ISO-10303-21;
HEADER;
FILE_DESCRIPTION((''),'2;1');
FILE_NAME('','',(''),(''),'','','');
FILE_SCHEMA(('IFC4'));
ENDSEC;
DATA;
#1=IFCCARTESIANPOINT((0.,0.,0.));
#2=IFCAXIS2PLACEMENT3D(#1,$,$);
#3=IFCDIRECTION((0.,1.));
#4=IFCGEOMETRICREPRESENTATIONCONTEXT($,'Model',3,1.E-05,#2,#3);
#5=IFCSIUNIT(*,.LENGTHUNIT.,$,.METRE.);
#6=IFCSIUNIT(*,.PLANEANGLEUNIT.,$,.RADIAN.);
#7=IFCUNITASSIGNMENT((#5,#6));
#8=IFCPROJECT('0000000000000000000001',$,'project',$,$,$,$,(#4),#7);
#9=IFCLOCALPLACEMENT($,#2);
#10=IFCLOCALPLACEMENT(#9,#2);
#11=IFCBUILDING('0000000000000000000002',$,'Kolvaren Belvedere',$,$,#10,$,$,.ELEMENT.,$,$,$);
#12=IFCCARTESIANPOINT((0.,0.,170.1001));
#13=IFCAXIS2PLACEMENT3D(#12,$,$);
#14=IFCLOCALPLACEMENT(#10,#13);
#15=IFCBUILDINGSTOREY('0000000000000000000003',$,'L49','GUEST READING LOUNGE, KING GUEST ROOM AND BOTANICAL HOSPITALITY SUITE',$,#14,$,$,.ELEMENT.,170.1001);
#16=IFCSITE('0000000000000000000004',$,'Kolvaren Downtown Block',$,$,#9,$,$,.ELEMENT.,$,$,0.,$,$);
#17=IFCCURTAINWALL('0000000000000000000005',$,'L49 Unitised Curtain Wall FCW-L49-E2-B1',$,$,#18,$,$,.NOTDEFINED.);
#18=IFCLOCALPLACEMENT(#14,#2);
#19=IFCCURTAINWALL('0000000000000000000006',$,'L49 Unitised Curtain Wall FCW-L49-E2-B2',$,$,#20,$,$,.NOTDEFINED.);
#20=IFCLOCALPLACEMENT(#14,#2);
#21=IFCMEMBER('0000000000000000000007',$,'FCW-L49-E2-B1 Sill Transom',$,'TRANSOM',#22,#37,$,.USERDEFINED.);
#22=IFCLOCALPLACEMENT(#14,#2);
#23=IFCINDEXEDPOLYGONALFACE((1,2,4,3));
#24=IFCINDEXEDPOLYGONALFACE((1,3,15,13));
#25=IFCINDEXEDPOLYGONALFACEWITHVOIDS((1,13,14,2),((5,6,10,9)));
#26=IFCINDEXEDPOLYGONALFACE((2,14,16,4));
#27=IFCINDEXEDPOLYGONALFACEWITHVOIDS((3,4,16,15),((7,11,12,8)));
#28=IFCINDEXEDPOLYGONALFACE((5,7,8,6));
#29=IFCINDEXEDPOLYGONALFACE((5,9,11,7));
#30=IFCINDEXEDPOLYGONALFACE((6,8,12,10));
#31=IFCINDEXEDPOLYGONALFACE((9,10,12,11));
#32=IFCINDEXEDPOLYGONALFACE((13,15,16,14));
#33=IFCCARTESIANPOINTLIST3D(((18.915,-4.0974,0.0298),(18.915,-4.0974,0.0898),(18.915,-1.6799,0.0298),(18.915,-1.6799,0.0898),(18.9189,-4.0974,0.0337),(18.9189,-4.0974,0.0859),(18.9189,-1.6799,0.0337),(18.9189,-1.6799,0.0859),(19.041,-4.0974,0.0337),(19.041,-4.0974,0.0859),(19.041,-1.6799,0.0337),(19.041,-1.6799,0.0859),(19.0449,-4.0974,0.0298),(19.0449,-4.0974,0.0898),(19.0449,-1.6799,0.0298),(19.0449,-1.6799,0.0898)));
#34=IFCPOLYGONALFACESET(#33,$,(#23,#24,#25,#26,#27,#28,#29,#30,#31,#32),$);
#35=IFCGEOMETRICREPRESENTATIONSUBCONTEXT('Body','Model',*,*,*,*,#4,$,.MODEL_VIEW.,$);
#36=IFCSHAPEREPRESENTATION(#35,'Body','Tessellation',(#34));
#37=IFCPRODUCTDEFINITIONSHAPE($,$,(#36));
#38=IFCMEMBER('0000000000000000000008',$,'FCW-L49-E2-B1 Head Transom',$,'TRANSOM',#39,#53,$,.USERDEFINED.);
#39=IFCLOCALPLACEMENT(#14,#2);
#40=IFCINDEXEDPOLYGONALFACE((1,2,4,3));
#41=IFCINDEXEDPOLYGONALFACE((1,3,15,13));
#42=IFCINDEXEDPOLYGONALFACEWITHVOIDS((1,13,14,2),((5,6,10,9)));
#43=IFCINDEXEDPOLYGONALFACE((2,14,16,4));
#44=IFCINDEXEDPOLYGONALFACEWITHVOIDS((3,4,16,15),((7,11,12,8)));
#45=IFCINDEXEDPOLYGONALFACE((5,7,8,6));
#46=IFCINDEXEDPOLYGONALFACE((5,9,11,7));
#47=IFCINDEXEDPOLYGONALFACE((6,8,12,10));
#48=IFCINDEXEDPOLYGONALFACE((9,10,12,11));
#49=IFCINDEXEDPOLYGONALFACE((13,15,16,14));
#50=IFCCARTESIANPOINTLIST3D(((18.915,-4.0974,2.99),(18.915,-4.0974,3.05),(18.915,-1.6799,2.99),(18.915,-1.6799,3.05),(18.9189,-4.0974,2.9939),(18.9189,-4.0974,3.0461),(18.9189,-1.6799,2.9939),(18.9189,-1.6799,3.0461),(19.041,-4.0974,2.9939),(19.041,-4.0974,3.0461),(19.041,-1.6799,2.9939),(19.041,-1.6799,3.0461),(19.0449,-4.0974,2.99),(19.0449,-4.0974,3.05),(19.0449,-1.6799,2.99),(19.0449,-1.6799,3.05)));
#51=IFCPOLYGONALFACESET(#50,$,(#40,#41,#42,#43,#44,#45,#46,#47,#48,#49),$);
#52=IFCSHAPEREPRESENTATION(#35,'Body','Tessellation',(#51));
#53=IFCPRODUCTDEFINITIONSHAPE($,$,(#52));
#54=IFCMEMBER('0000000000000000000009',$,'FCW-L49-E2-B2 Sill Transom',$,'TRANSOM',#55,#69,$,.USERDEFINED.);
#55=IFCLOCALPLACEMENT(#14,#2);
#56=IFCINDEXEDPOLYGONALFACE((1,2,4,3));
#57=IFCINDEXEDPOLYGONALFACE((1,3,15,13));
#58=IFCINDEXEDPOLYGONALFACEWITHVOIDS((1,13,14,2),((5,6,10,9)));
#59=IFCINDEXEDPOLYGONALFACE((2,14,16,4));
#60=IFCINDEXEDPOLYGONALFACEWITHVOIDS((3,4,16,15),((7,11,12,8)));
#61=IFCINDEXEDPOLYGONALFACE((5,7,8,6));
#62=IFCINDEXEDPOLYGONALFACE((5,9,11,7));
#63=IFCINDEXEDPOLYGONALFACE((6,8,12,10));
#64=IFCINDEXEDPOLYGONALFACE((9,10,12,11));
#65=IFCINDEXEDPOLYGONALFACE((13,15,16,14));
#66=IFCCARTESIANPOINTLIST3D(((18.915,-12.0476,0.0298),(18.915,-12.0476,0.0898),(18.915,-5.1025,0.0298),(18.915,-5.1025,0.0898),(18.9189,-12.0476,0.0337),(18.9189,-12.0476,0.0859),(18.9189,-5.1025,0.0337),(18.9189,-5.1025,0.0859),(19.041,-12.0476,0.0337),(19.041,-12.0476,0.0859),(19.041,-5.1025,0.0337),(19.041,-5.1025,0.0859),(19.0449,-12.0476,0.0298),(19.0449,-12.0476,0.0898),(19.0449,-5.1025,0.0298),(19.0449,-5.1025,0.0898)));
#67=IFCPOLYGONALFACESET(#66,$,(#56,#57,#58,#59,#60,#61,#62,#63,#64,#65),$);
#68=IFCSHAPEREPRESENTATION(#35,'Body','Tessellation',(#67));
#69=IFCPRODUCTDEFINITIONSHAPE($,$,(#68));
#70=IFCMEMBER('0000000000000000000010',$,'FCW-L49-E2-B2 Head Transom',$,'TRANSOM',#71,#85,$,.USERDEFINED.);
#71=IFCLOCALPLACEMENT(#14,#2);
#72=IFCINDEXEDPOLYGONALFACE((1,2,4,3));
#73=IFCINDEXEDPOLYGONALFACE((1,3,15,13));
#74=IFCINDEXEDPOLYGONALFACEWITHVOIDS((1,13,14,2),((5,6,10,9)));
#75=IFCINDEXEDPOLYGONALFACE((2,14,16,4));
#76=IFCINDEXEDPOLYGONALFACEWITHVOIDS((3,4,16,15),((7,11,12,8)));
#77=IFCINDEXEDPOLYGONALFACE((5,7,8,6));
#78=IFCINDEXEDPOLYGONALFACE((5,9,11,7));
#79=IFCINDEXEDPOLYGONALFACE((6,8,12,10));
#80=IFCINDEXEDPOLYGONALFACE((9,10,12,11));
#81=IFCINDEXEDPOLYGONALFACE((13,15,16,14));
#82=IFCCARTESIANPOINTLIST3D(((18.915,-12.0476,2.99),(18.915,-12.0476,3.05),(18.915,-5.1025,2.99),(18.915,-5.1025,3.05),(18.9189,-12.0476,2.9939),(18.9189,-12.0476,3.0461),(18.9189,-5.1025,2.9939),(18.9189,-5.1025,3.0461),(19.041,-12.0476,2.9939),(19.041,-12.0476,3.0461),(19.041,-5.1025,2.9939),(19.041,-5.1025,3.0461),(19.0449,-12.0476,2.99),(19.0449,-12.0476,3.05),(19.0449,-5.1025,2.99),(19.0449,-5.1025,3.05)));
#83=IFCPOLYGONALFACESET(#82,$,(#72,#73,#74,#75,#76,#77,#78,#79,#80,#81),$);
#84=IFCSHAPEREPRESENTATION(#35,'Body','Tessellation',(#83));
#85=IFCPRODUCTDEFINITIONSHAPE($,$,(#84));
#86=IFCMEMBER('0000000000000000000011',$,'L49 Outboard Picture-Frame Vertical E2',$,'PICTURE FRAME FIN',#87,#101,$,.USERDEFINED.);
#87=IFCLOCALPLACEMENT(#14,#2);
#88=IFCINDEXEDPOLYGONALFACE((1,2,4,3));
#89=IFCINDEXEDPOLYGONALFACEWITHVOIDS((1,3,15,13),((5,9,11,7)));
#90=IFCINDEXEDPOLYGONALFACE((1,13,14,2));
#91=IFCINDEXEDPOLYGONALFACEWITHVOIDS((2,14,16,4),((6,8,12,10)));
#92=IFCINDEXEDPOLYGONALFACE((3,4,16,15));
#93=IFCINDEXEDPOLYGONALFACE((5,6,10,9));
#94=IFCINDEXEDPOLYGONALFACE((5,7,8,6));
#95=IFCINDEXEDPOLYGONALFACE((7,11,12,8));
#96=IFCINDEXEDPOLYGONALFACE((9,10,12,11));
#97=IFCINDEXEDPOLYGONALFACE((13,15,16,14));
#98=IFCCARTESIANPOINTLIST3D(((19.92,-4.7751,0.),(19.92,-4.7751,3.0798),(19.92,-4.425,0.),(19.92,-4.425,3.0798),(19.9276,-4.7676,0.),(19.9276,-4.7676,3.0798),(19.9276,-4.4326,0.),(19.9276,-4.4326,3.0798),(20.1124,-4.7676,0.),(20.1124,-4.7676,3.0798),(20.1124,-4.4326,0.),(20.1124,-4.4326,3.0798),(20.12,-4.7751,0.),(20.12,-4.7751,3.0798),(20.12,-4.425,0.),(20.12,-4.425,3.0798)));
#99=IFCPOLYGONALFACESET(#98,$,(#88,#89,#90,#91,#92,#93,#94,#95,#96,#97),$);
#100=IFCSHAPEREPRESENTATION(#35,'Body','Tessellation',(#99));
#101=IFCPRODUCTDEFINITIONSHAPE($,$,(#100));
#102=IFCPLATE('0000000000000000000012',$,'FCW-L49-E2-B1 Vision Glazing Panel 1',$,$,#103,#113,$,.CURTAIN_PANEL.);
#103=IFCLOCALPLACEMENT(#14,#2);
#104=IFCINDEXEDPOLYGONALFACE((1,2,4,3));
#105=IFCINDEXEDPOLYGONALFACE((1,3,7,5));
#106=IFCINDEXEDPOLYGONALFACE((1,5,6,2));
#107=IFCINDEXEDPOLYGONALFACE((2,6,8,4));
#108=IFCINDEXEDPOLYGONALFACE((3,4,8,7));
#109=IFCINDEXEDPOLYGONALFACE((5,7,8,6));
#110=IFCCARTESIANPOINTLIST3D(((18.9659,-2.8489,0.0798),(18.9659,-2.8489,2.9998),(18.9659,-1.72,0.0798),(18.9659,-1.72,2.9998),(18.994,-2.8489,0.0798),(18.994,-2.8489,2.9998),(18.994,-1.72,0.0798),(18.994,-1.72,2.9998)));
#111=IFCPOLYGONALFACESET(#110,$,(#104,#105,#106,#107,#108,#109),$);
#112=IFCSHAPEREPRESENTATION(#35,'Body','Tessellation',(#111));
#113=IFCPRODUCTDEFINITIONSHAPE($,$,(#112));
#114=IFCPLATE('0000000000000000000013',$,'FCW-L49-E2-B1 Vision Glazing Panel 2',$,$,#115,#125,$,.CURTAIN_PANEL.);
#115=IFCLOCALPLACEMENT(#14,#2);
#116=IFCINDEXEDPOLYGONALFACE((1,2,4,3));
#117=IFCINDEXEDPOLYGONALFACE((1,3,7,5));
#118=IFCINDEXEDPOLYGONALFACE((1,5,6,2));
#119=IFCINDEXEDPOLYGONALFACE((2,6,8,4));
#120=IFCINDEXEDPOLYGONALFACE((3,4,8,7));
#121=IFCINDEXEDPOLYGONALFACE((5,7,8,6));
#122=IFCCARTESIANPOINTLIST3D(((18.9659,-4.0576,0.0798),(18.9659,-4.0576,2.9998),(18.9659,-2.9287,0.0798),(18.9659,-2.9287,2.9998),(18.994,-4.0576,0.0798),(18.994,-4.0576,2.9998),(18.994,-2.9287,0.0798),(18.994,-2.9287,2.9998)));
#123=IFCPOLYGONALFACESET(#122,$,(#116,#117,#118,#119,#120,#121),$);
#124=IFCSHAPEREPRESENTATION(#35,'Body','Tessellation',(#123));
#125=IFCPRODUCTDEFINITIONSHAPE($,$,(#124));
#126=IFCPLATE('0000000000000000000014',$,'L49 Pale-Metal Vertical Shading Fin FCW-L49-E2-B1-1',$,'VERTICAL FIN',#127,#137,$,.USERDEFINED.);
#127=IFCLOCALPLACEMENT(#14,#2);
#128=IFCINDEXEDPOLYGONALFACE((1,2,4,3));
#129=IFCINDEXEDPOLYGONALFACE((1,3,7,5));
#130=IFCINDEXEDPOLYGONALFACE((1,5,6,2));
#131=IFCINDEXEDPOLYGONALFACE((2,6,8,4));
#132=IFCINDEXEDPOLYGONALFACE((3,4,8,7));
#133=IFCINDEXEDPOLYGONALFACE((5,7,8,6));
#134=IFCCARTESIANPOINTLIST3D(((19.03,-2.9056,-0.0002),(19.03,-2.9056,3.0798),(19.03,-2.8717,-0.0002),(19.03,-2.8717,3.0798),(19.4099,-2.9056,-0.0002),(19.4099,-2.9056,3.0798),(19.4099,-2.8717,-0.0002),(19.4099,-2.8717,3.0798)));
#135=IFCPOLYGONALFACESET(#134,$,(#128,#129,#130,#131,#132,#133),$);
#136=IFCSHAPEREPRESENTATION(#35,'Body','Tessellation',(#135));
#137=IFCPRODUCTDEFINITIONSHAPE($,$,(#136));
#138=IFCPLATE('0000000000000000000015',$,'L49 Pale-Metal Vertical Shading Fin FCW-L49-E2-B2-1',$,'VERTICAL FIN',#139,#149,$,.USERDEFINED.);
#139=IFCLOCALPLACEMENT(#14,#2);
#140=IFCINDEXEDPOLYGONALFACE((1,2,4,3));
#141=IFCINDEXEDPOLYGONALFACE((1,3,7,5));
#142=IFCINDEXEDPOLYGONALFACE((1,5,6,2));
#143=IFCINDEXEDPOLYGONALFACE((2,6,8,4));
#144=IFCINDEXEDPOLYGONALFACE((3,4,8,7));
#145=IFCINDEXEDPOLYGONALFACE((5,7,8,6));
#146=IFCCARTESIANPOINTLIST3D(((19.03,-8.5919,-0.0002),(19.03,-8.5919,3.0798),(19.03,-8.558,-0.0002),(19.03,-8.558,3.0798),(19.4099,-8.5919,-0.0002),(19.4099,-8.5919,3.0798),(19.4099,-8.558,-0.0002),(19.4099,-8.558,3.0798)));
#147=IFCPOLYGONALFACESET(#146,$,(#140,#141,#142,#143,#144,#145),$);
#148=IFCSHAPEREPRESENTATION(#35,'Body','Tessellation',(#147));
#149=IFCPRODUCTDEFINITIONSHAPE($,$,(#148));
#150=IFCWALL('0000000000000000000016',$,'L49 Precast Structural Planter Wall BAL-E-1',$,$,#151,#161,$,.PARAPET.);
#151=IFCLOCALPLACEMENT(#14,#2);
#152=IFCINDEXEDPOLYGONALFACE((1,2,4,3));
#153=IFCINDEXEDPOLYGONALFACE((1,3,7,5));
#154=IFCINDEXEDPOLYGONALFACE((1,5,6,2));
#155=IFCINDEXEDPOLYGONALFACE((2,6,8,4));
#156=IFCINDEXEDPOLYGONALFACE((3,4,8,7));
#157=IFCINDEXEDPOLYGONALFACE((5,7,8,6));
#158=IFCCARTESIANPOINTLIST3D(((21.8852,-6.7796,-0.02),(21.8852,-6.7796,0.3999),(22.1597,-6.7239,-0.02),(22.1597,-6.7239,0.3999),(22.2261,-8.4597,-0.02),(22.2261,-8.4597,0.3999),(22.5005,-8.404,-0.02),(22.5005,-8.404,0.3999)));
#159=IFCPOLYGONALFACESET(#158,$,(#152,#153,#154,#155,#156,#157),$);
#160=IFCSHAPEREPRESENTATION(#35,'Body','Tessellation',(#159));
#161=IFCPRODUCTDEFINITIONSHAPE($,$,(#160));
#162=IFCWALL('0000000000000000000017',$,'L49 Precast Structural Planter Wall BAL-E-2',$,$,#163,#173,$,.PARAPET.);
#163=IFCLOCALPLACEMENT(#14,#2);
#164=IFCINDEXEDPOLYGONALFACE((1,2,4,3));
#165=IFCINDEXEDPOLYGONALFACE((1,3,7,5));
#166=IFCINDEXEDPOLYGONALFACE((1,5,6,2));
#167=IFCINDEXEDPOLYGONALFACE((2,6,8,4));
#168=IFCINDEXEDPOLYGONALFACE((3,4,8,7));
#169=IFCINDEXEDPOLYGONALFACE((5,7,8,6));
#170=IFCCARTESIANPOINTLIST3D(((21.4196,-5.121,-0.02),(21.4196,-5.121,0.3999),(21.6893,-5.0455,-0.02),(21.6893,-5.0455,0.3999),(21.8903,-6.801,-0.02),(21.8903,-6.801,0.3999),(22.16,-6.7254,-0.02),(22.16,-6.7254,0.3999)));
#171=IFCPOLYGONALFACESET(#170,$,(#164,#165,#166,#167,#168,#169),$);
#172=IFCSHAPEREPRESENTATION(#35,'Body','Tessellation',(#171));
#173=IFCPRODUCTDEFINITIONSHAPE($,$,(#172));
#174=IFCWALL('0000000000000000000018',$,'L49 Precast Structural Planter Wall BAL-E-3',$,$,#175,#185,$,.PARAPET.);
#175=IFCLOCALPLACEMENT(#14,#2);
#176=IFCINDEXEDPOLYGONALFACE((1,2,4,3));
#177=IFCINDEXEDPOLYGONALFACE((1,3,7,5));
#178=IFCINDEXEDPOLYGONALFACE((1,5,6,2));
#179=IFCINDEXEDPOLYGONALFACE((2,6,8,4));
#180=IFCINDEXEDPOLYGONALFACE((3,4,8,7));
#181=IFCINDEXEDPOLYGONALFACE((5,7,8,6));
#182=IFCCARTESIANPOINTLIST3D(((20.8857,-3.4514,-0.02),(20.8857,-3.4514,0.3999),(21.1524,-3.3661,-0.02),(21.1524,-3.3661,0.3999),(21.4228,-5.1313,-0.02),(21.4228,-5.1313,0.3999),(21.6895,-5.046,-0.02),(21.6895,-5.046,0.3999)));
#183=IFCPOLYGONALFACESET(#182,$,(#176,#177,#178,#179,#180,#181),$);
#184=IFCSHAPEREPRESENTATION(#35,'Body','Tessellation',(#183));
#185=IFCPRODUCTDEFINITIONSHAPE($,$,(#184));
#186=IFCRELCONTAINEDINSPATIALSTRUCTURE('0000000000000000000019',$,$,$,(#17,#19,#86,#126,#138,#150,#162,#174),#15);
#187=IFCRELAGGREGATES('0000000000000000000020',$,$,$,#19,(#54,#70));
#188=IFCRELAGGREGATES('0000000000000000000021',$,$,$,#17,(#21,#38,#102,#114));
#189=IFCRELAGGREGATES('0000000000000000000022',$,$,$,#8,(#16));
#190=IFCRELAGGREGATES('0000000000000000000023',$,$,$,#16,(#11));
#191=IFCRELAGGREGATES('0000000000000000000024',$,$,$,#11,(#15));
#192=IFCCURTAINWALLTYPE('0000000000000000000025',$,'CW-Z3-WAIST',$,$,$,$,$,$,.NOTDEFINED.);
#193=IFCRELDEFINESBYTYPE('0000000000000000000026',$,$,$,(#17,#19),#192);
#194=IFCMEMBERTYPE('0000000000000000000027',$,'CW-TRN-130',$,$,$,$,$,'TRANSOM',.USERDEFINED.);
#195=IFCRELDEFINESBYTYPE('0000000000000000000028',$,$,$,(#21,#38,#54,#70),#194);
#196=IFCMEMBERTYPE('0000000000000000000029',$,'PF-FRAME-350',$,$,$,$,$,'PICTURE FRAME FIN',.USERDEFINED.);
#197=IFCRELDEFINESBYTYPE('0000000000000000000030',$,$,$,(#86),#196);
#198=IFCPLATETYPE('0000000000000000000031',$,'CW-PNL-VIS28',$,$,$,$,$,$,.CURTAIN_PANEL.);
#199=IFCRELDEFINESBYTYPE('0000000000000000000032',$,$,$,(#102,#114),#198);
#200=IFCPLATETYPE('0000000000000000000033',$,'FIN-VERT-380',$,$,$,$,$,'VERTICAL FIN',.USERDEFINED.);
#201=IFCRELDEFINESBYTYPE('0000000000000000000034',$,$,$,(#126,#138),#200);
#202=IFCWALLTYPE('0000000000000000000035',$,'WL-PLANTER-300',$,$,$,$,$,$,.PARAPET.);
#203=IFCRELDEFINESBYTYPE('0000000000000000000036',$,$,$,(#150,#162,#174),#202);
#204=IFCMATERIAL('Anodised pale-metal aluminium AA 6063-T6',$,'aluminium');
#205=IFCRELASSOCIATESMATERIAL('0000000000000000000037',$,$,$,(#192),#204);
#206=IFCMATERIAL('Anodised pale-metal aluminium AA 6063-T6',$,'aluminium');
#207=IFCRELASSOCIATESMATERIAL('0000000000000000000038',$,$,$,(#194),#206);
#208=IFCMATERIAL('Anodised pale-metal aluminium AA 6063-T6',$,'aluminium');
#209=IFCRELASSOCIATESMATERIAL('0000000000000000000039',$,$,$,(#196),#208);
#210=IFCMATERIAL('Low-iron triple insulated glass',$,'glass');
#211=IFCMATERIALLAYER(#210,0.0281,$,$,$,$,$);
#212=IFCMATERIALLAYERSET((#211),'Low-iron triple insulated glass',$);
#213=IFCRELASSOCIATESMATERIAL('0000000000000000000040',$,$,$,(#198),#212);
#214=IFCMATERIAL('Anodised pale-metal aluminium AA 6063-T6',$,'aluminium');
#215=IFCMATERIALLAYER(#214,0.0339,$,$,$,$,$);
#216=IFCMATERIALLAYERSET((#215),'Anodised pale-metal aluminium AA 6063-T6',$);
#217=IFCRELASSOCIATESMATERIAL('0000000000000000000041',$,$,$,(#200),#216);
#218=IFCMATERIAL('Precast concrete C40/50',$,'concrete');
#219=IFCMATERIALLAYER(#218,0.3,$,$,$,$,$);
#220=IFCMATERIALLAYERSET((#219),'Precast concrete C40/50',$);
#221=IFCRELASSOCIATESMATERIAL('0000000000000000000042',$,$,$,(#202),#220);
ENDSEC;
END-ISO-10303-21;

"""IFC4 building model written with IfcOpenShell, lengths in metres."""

from ifc_helpers import new_model, si_unit, direction, frame, frame_2d, origin, origin_2d, place, context, subcontext, project, spatial, rectangle, hollow_rectangle, extrude, material, layer, layer_set, material_profile, profile_set, type_object, element, aggregate, save


model = new_model("IFC4")

# Units and contexts
model_context = context("Model", 3, precision=1e-05, world=origin(), true_north=direction((0.0, 1.0)))
body_context = subcontext(model_context, "Body", "Model", "MODEL_VIEW")
ifc_project = project(units=[si_unit("LENGTHUNIT", "METRE"), si_unit("PLANEANGLEUNIT", "RADIAN")], contexts=[model_context])

# Site, building, storey
site_placement = place(None, origin())
site = spatial("IfcSite", under=ifc_project, at=site_placement, Name="Kolvaren Downtown Block", CompositionType="ELEMENT", RefElevation=0.0)
building_placement = place(site_placement, origin())
building = spatial("IfcBuilding", under=site, at=building_placement, Name="Kolvaren Belvedere", CompositionType="ELEMENT")
storey_placement = place(building_placement, frame((0.0, 0.0, 170.1001)))
storey = spatial("IfcBuildingStorey", under=building, at=storey_placement, Name="L49", Description="GUEST READING LOUNGE, KING GUEST ROOM AND BOTANICAL HOSPITALITY SUITE", CompositionType="ELEMENT", Elevation=170.1001)

# Curtain wall
ifc_material_1 = material(Name="Anodised pale-metal aluminium AA 6063-T6", Category="aluminium")
curtain_wall_type = type_object("IfcCurtainWallType", Name="CW-Z3-WAIST", PredefinedType="NOTDEFINED", material=ifc_material_1)
curtain_wall_1_placement = place(storey_placement, origin())
curtain_wall_1 = element("IfcCurtainWall", 1, at=curtain_wall_1_placement, inside=storey, type_object=curtain_wall_type, Name="L49 Unitised Curtain Wall FCW-L49-E2-B1", PredefinedType="NOTDEFINED")

# Curtain wall
curtain_wall_2_placement = place(storey_placement, origin())
curtain_wall_2 = element("IfcCurtainWall", 2, at=curtain_wall_2_placement, inside=storey, type_object=curtain_wall_type, Name="L49 Unitised Curtain Wall FCW-L49-E2-B2", PredefinedType="NOTDEFINED")

# Members
ifc_material_2 = material(Name="Anodised pale-metal aluminium AA 6063-T6", Category="aluminium")
ifc_material_profile_1 = material_profile(ifc_material_2, hollow_rectangle(XDim=0.0601, YDim=0.1299, WallThickness=0.0039, at=origin_2d()), Name="ALU-TRN-130X60")
ifc_profile_set_1 = profile_set([ifc_material_profile_1], Name="Anodised pale-metal aluminium AA 6063-T6")
member_type_1 = type_object("IfcMemberType", Name="CW-TRN-130", ElementType="TRANSOM", PredefinedType="USERDEFINED", material=ifc_profile_set_1)
member_1_placement = place(storey_placement, frame((18.98, -1.6799, 0.0598), z_axis=(0.0, -1.0, 0.0), x_axis=(0.0, 0.0, 1.0)))
member_1 = element("IfcMember", 3, at=member_1_placement, type_object=member_type_1, Name="FCW-L49-E2-B1 Sill Transom", ObjectType="TRANSOM", PredefinedType="USERDEFINED", context=body_context, shape_type="SweptSolid", body=[
    extrude(hollow_rectangle(XDim=0.0601, YDim=0.1299, WallThickness=0.0039, at=origin_2d()), origin(), (0.0, 0.0, 1.0), 2.4175),
])
member_2_placement = place(storey_placement, frame((18.98, -1.6799, 3.02), z_axis=(0.0, -1.0, 0.0), x_axis=(0.0, 0.0, 1.0)))
member_2 = element("IfcMember", 4, at=member_2_placement, type_object=member_type_1, Name="FCW-L49-E2-B1 Head Transom", ObjectType="TRANSOM", PredefinedType="USERDEFINED", context=body_context, shape_type="SweptSolid", body=[
    extrude(hollow_rectangle(XDim=0.0601, YDim=0.1299, WallThickness=0.0039, at=origin_2d()), origin(), (0.0, 0.0, 1.0), 2.4175),
])
member_3_placement = place(storey_placement, frame((18.98, -5.1025, 0.0598), z_axis=(0.0, -1.0, 0.0), x_axis=(0.0, 0.0, 1.0)))
member_3 = element("IfcMember", 5, at=member_3_placement, type_object=member_type_1, Name="FCW-L49-E2-B2 Sill Transom", ObjectType="TRANSOM", PredefinedType="USERDEFINED", context=body_context, shape_type="SweptSolid", body=[
    extrude(hollow_rectangle(XDim=0.0601, YDim=0.1299, WallThickness=0.0039, at=origin_2d()), origin(), (0.0, 0.0, 1.0), 6.9451),
])
member_4_placement = place(storey_placement, frame((18.98, -5.1025, 3.02), z_axis=(0.0, -1.0, 0.0), x_axis=(0.0, 0.0, 1.0)))
member_4 = element("IfcMember", 6, at=member_4_placement, type_object=member_type_1, Name="FCW-L49-E2-B2 Head Transom", ObjectType="TRANSOM", PredefinedType="USERDEFINED", context=body_context, shape_type="SweptSolid", body=[
    extrude(hollow_rectangle(XDim=0.0601, YDim=0.1299, WallThickness=0.0039, at=origin_2d()), origin(), (0.0, 0.0, 1.0), 6.9451),
])
aggregate(curtain_wall_2, [member_3, member_4])
ifc_material_3 = material(Name="Anodised pale-metal aluminium AA 6063-T6", Category="aluminium")
ifc_material_profile_2 = material_profile(ifc_material_3, hollow_rectangle(XDim=0.2, YDim=0.3501, WallThickness=0.0076, at=origin_2d()), Name="ALU-PF-350X200")
ifc_profile_set_2 = profile_set([ifc_material_profile_2], Name="Anodised pale-metal aluminium AA 6063-T6")
member_type_2 = type_object("IfcMemberType", Name="PF-FRAME-350", ElementType="PICTURE FRAME FIN", PredefinedType="USERDEFINED", material=ifc_profile_set_2)
member_5_placement = place(storey_placement, frame((20.02, -4.6001, 0.0), z_axis=(0.0, 0.0, 1.0), x_axis=(1.0, 0.0, 0.0)))
element("IfcMember", 7, at=member_5_placement, inside=storey, type_object=member_type_2, Name="L49 Outboard Picture-Frame Vertical E2", ObjectType="PICTURE FRAME FIN", PredefinedType="USERDEFINED", context=body_context, shape_type="SweptSolid", body=[
    extrude(hollow_rectangle(XDim=0.2, YDim=0.3501, WallThickness=0.0076, at=origin_2d()), origin(), (0.0, 0.0, 1.0), 3.0798),
])

# Plates
ifc_material_4 = material(Name="Low-iron triple insulated glass", Category="glass")
ifc_layer_1 = layer(ifc_material_4, 0.0281)
ifc_layer_set_1 = layer_set([ifc_layer_1], Name="Low-iron triple insulated glass")
plate_type_1 = type_object("IfcPlateType", Name="CW-PNL-VIS28", PredefinedType="CURTAIN_PANEL", material=ifc_layer_set_1)
plate_1_placement = place(storey_placement, frame((18.98, -2.2844, 0.0798), z_axis=(0.0, 0.0, 1.0), x_axis=(0.0, -1.0, 0.0)))
plate_1 = element("IfcPlate", 8, at=plate_1_placement, type_object=plate_type_1, Name="FCW-L49-E2-B1 Vision Glazing Panel 1", PredefinedType="CURTAIN_PANEL", context=body_context, shape_type="SweptSolid", body=[
    extrude(rectangle(XDim=1.1289, YDim=0.0281, at=origin_2d()), origin(), (0.0, 0.0, 1.0), 2.9199),
])
plate_2_placement = place(storey_placement, frame((18.98, -3.4932, 0.0798), z_axis=(0.0, 0.0, 1.0), x_axis=(0.0, -1.0, 0.0)))
plate_2 = element("IfcPlate", 9, at=plate_2_placement, type_object=plate_type_1, Name="FCW-L49-E2-B1 Vision Glazing Panel 2", PredefinedType="CURTAIN_PANEL", context=body_context, shape_type="SweptSolid", body=[
    extrude(rectangle(XDim=1.1289, YDim=0.0281, at=origin_2d()), origin(), (0.0, 0.0, 1.0), 2.9199),
])
aggregate(curtain_wall_1, [member_1, member_2, plate_1, plate_2])

# Plates
ifc_material_5 = material(Name="Anodised pale-metal aluminium AA 6063-T6", Category="aluminium")
ifc_layer_2 = layer(ifc_material_5, 0.0339)
ifc_layer_set_2 = layer_set([ifc_layer_2], Name="Anodised pale-metal aluminium AA 6063-T6")
plate_type_2 = type_object("IfcPlateType", Name="FIN-VERT-380", ElementType="VERTICAL FIN", PredefinedType="USERDEFINED", material=ifc_layer_set_2)
for number, where, z_axis, x_axis, name in (
    (10, (19.22, -2.8887, -0.0002), (0.0, 0.0, 1.0), (1.0, 0.0, 0.0), "L49 Pale-Metal Vertical Shading Fin FCW-L49-E2-B1-1"),
    (11, (19.22, -8.575, -0.0002), (0.0, 0.0, 1.0), (1.0, 0.0, 0.0), "L49 Pale-Metal Vertical Shading Fin FCW-L49-E2-B2-1"),
):
    element("IfcPlate", number, at=place(storey_placement, frame(where, z_axis=z_axis, x_axis=x_axis)), inside=storey, type_object=plate_type_2, Name=name, ObjectType="VERTICAL FIN", PredefinedType="USERDEFINED", context=body_context, shape_type="SweptSolid", body=[
        extrude(rectangle(XDim=0.3799, YDim=0.0339, at=origin_2d()), origin(), (0.0, 0.0, 1.0), 3.0801),
    ])

# Walls
ifc_material_6 = material(Name="Precast concrete C40/50", Category="concrete")
ifc_layer_3 = layer(ifc_material_6, 0.3)
ifc_layer_set_3 = layer_set([ifc_layer_3], Name="Precast concrete C40/50")
wall_type = type_object("IfcWallType", Name="WL-PLANTER-300", PredefinedType="PARAPET", material=ifc_layer_set_3)
wall_1_placement = place(storey_placement, frame((22.3633, -8.4319, -0.02), z_axis=(0.0, 0.0, 1.0), x_axis=(-0.198799, 0.98004, 0.0)))
element("IfcWall", 12, at=wall_1_placement, inside=storey, type_object=wall_type, Name="L49 Precast Structural Planter Wall BAL-E-1", PredefinedType="PARAPET", context=body_context, shape_type="SweptSolid", body=[
    extrude(rectangle(XDim=1.7144, YDim=0.28, at=frame_2d((0.8572, 0.0))), origin(), (0.0, 0.0, 1.0), 0.4199),
])
wall_2_placement = place(storey_placement, frame((22.0251, -6.7632, -0.02), z_axis=(0.0, 0.0, 1.0), x_axis=(-0.269801, 0.962916, 0.0)))
element("IfcWall", 13, at=wall_2_placement, inside=storey, type_object=wall_type, Name="L49 Precast Structural Planter Wall BAL-E-2", PredefinedType="PARAPET", context=body_context, shape_type="SweptSolid", body=[
    extrude(rectangle(XDim=1.7446, YDim=0.28, at=frame_2d((0.8723, 0.0))), origin(), (0.0, 0.0, 1.0), 0.4199),
])
wall_3_placement = place(storey_placement, frame((21.5562, -5.0886, -0.02), z_axis=(0.0, 0.0, 1.0), x_axis=(-0.304535, 0.952501, 0.0)))
element("IfcWall", 14, at=wall_3_placement, inside=storey, type_object=wall_type, Name="L49 Precast Structural Planter Wall BAL-E-3", PredefinedType="PARAPET", context=body_context, shape_type="SweptSolid", body=[
    extrude(rectangle(XDim=1.7637, YDim=0.28, at=frame_2d((0.8818, 0.0))), origin(), (0.0, 0.0, 1.0), 0.4199),
])

save(model, "model.ifc")
